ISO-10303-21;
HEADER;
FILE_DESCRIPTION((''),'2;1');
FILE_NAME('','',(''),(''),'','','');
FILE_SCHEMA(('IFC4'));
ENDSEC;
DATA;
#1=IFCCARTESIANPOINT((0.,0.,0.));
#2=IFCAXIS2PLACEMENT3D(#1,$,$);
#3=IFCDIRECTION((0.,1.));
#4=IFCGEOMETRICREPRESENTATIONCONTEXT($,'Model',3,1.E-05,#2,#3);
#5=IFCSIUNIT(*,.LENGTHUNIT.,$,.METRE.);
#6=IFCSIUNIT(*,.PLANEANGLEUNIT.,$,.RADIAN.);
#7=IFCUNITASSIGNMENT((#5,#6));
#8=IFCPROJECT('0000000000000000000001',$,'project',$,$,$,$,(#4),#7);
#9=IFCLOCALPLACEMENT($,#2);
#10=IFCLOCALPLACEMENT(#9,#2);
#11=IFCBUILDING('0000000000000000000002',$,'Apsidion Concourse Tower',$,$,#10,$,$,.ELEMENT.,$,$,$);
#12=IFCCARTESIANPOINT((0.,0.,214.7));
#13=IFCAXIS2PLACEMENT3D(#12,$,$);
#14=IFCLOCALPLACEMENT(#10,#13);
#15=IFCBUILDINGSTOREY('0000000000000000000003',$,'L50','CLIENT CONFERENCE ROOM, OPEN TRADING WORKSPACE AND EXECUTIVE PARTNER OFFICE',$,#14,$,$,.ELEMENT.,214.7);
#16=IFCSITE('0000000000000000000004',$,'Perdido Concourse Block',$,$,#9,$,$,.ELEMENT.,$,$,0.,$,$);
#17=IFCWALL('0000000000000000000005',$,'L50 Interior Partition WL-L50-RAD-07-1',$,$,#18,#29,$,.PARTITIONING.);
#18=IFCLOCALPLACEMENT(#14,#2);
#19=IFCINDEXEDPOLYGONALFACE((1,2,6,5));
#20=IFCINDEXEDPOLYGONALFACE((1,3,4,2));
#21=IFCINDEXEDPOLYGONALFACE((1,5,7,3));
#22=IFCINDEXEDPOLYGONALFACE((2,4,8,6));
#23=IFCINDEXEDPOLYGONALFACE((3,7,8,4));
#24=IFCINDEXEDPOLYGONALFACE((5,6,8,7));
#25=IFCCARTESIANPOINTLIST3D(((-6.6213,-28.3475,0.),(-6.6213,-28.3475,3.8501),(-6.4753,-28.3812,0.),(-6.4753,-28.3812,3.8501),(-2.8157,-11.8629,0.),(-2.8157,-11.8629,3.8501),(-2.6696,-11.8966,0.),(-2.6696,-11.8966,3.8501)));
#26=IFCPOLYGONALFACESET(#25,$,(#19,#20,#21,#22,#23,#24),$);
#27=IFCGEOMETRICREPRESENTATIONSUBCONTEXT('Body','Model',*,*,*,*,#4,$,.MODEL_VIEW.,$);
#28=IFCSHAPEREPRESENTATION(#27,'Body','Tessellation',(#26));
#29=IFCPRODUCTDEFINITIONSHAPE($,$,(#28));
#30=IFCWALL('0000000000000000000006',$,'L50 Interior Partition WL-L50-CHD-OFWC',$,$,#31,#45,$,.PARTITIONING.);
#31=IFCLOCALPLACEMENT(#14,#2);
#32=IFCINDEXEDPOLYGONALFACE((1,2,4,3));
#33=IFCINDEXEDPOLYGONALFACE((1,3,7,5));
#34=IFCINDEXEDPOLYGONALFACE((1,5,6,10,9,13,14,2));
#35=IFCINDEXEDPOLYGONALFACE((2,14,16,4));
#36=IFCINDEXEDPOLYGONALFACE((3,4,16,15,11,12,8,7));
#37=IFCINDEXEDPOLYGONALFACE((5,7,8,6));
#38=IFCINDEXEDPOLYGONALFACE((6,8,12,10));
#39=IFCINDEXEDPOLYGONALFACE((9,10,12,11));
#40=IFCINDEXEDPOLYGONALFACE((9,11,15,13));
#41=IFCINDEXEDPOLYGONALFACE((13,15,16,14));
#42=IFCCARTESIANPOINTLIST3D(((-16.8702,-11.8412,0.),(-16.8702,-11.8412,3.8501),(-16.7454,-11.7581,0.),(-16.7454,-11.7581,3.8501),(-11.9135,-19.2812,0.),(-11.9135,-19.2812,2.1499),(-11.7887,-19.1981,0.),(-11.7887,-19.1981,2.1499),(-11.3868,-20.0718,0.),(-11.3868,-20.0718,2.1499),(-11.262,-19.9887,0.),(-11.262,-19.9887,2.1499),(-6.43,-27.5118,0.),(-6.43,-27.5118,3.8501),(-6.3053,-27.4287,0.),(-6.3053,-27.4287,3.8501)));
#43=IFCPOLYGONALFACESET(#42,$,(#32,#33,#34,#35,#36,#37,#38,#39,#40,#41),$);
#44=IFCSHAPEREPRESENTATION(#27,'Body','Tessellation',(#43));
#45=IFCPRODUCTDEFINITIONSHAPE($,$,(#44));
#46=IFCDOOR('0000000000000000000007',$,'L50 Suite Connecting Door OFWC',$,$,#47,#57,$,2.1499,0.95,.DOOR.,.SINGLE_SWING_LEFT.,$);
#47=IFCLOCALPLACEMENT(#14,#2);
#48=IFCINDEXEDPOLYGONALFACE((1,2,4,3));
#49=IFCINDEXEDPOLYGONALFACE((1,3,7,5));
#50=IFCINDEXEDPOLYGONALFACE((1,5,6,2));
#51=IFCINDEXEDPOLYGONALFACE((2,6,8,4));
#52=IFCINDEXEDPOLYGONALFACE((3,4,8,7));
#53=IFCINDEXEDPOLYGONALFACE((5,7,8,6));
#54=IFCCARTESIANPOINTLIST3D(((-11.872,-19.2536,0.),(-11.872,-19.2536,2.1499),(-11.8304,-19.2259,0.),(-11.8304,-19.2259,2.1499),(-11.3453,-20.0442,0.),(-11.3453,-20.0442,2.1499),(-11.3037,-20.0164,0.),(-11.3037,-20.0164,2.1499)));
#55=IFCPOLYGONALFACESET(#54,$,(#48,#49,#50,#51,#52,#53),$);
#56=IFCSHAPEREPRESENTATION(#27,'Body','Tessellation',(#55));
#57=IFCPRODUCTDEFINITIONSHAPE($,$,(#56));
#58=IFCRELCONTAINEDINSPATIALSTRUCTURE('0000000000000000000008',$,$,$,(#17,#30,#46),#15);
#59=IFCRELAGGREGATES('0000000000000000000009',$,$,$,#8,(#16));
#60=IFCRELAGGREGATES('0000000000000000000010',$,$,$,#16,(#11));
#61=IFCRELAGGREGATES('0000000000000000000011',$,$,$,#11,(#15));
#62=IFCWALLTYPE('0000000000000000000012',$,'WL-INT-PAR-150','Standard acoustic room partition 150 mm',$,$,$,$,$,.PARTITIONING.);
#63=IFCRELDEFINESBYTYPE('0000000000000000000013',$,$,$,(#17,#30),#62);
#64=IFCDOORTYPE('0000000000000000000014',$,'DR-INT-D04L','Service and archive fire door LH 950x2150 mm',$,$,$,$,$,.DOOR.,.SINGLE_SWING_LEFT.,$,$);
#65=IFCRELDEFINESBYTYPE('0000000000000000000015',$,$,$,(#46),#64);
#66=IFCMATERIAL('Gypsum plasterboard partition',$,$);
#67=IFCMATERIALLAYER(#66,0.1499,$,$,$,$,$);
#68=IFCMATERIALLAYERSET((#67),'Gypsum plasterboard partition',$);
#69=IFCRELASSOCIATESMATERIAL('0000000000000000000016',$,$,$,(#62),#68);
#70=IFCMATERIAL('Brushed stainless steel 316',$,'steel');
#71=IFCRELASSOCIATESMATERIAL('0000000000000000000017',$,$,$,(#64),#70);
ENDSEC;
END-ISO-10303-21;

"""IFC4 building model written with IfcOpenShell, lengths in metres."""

from ifc_helpers import new_model, si_unit, direction, frame, frame_2d, origin, place, context, subcontext, project, spatial, rectangle, extrude, material, layer, layer_set, type_object, element, fill, save


model = new_model("IFC4")

# Units and contexts
model_context = context("Model", 3, precision=1e-05, world=origin(), true_north=direction((0.0, 1.0)))
body_context = subcontext(model_context, "Body", "Model", "MODEL_VIEW")
ifc_project = project(units=[si_unit("LENGTHUNIT", "METRE"), si_unit("PLANEANGLEUNIT", "RADIAN")], contexts=[model_context])

# Site, building, storey
site_placement = place(None, origin())
site = spatial("IfcSite", under=ifc_project, at=site_placement, Name="Perdido Concourse Block", CompositionType="ELEMENT", RefElevation=0.0)
building_placement = place(site_placement, origin())
building = spatial("IfcBuilding", under=site, at=building_placement, Name="Apsidion Concourse Tower", CompositionType="ELEMENT")
storey_placement = place(building_placement, frame((0.0, 0.0, 214.7)))
storey = spatial("IfcBuildingStorey", under=building, at=storey_placement, Name="L50", Description="CLIENT CONFERENCE ROOM, OPEN TRADING WORKSPACE AND EXECUTIVE PARTNER OFFICE", CompositionType="ELEMENT", Elevation=214.7)

# Shared definitions
ifc_material_1 = material(Name="Gypsum plasterboard partition")

# Wall
ifc_layer_1 = layer(ifc_material_1, 0.1499)
ifc_layer_set_1 = layer_set([ifc_layer_1], Name="Gypsum plasterboard partition")
wall_type_1 = type_object("IfcWallType", Name="WL-INT-PAR-150", Description="Standard acoustic room partition 150 mm", PredefinedType="PARTITIONING", material=ifc_layer_set_1)
wall_1_placement = place(storey_placement, frame((-2.7427, -11.8799, 0.0), z_axis=(0.0, 0.0, 1.0), x_axis=(-0.224945, -0.974371, 0.0)))
element("IfcWall", 1, at=wall_1_placement, inside=storey, type_object=wall_type_1, Name="L50 Interior Partition WL-L50-RAD-07-1", PredefinedType="PARTITIONING", context=body_context, shape_type="SweptSolid", body=[
    extrude(rectangle(XDim=16.9182, YDim=0.1499, at=frame_2d((8.459, 0.0))), origin(), (0.0, 0.0, 1.0), 3.8501),
])

# Wall, opening, door
wall_2_placement = place(storey_placement, frame((-16.8079, -11.7996, 0.0), z_axis=(0.0, 0.0, 1.0), x_axis=(0.554446, -0.83222, 0.0)))
wall_2 = element("IfcWall", 2, at=wall_2_placement, inside=storey, type_object=wall_type_1, Name="L50 Interior Partition WL-L50-CHD-OFWC", PredefinedType="PARTITIONING", context=body_context, shape_type="SweptSolid", body=[
    extrude(rectangle(XDim=18.8298, YDim=0.1499, at=frame_2d((9.415, 0.0))), origin(), (0.0, 0.0, 1.0), 3.8501),
])
opening_1_placement = place(wall_2_placement, frame((8.9399, 0.0, 0.0)))
opening_1 = element("IfcOpeningElement", 3, at=opening_1_placement, cuts=wall_2, PredefinedType="OPENING", context=body_context, shape_type="SweptSolid", body=[
    extrude(rectangle(XDim=0.95, YDim=2.1499, at=frame_2d((0.4751, 1.075))), frame((0.0, 0.085, 0.0), z_axis=(0.0, -1.0, 0.0), x_axis=(1.0, 0.0, 0.0)), (0.0, 0.0, 1.0), 0.1699),
])
ifc_material_2 = material(Name="Brushed stainless steel 316", Category="steel")
door_type_1 = type_object("IfcDoorType", Name="DR-INT-D04L", Description="Service and archive fire door LH 950x2150 mm", OperationType="SINGLE_SWING_LEFT", PredefinedType="DOOR", material=ifc_material_2)
door_1_placement = place(opening_1_placement, origin())
door_1 = element("IfcDoor", 4, at=door_1_placement, inside=storey, type_object=door_type_1, Name="L50 Suite Connecting Door OFWC", OperationType="SINGLE_SWING_LEFT", OverallHeight=2.1499, OverallWidth=0.95, PredefinedType="DOOR", context=body_context, shape_type="SweptSolid", body=[
    extrude(rectangle(XDim=0.95, YDim=2.1499, at=frame_2d((0.4751, 1.075))), frame((0.0, 0.0249, 0.0), z_axis=(0.0, -1.0, 0.0), x_axis=(1.0, 0.0, 0.0)), (0.0, 0.0, 1.0), 0.05),
])
fill(opening_1, door_1)

save(model, "model.ifc")
